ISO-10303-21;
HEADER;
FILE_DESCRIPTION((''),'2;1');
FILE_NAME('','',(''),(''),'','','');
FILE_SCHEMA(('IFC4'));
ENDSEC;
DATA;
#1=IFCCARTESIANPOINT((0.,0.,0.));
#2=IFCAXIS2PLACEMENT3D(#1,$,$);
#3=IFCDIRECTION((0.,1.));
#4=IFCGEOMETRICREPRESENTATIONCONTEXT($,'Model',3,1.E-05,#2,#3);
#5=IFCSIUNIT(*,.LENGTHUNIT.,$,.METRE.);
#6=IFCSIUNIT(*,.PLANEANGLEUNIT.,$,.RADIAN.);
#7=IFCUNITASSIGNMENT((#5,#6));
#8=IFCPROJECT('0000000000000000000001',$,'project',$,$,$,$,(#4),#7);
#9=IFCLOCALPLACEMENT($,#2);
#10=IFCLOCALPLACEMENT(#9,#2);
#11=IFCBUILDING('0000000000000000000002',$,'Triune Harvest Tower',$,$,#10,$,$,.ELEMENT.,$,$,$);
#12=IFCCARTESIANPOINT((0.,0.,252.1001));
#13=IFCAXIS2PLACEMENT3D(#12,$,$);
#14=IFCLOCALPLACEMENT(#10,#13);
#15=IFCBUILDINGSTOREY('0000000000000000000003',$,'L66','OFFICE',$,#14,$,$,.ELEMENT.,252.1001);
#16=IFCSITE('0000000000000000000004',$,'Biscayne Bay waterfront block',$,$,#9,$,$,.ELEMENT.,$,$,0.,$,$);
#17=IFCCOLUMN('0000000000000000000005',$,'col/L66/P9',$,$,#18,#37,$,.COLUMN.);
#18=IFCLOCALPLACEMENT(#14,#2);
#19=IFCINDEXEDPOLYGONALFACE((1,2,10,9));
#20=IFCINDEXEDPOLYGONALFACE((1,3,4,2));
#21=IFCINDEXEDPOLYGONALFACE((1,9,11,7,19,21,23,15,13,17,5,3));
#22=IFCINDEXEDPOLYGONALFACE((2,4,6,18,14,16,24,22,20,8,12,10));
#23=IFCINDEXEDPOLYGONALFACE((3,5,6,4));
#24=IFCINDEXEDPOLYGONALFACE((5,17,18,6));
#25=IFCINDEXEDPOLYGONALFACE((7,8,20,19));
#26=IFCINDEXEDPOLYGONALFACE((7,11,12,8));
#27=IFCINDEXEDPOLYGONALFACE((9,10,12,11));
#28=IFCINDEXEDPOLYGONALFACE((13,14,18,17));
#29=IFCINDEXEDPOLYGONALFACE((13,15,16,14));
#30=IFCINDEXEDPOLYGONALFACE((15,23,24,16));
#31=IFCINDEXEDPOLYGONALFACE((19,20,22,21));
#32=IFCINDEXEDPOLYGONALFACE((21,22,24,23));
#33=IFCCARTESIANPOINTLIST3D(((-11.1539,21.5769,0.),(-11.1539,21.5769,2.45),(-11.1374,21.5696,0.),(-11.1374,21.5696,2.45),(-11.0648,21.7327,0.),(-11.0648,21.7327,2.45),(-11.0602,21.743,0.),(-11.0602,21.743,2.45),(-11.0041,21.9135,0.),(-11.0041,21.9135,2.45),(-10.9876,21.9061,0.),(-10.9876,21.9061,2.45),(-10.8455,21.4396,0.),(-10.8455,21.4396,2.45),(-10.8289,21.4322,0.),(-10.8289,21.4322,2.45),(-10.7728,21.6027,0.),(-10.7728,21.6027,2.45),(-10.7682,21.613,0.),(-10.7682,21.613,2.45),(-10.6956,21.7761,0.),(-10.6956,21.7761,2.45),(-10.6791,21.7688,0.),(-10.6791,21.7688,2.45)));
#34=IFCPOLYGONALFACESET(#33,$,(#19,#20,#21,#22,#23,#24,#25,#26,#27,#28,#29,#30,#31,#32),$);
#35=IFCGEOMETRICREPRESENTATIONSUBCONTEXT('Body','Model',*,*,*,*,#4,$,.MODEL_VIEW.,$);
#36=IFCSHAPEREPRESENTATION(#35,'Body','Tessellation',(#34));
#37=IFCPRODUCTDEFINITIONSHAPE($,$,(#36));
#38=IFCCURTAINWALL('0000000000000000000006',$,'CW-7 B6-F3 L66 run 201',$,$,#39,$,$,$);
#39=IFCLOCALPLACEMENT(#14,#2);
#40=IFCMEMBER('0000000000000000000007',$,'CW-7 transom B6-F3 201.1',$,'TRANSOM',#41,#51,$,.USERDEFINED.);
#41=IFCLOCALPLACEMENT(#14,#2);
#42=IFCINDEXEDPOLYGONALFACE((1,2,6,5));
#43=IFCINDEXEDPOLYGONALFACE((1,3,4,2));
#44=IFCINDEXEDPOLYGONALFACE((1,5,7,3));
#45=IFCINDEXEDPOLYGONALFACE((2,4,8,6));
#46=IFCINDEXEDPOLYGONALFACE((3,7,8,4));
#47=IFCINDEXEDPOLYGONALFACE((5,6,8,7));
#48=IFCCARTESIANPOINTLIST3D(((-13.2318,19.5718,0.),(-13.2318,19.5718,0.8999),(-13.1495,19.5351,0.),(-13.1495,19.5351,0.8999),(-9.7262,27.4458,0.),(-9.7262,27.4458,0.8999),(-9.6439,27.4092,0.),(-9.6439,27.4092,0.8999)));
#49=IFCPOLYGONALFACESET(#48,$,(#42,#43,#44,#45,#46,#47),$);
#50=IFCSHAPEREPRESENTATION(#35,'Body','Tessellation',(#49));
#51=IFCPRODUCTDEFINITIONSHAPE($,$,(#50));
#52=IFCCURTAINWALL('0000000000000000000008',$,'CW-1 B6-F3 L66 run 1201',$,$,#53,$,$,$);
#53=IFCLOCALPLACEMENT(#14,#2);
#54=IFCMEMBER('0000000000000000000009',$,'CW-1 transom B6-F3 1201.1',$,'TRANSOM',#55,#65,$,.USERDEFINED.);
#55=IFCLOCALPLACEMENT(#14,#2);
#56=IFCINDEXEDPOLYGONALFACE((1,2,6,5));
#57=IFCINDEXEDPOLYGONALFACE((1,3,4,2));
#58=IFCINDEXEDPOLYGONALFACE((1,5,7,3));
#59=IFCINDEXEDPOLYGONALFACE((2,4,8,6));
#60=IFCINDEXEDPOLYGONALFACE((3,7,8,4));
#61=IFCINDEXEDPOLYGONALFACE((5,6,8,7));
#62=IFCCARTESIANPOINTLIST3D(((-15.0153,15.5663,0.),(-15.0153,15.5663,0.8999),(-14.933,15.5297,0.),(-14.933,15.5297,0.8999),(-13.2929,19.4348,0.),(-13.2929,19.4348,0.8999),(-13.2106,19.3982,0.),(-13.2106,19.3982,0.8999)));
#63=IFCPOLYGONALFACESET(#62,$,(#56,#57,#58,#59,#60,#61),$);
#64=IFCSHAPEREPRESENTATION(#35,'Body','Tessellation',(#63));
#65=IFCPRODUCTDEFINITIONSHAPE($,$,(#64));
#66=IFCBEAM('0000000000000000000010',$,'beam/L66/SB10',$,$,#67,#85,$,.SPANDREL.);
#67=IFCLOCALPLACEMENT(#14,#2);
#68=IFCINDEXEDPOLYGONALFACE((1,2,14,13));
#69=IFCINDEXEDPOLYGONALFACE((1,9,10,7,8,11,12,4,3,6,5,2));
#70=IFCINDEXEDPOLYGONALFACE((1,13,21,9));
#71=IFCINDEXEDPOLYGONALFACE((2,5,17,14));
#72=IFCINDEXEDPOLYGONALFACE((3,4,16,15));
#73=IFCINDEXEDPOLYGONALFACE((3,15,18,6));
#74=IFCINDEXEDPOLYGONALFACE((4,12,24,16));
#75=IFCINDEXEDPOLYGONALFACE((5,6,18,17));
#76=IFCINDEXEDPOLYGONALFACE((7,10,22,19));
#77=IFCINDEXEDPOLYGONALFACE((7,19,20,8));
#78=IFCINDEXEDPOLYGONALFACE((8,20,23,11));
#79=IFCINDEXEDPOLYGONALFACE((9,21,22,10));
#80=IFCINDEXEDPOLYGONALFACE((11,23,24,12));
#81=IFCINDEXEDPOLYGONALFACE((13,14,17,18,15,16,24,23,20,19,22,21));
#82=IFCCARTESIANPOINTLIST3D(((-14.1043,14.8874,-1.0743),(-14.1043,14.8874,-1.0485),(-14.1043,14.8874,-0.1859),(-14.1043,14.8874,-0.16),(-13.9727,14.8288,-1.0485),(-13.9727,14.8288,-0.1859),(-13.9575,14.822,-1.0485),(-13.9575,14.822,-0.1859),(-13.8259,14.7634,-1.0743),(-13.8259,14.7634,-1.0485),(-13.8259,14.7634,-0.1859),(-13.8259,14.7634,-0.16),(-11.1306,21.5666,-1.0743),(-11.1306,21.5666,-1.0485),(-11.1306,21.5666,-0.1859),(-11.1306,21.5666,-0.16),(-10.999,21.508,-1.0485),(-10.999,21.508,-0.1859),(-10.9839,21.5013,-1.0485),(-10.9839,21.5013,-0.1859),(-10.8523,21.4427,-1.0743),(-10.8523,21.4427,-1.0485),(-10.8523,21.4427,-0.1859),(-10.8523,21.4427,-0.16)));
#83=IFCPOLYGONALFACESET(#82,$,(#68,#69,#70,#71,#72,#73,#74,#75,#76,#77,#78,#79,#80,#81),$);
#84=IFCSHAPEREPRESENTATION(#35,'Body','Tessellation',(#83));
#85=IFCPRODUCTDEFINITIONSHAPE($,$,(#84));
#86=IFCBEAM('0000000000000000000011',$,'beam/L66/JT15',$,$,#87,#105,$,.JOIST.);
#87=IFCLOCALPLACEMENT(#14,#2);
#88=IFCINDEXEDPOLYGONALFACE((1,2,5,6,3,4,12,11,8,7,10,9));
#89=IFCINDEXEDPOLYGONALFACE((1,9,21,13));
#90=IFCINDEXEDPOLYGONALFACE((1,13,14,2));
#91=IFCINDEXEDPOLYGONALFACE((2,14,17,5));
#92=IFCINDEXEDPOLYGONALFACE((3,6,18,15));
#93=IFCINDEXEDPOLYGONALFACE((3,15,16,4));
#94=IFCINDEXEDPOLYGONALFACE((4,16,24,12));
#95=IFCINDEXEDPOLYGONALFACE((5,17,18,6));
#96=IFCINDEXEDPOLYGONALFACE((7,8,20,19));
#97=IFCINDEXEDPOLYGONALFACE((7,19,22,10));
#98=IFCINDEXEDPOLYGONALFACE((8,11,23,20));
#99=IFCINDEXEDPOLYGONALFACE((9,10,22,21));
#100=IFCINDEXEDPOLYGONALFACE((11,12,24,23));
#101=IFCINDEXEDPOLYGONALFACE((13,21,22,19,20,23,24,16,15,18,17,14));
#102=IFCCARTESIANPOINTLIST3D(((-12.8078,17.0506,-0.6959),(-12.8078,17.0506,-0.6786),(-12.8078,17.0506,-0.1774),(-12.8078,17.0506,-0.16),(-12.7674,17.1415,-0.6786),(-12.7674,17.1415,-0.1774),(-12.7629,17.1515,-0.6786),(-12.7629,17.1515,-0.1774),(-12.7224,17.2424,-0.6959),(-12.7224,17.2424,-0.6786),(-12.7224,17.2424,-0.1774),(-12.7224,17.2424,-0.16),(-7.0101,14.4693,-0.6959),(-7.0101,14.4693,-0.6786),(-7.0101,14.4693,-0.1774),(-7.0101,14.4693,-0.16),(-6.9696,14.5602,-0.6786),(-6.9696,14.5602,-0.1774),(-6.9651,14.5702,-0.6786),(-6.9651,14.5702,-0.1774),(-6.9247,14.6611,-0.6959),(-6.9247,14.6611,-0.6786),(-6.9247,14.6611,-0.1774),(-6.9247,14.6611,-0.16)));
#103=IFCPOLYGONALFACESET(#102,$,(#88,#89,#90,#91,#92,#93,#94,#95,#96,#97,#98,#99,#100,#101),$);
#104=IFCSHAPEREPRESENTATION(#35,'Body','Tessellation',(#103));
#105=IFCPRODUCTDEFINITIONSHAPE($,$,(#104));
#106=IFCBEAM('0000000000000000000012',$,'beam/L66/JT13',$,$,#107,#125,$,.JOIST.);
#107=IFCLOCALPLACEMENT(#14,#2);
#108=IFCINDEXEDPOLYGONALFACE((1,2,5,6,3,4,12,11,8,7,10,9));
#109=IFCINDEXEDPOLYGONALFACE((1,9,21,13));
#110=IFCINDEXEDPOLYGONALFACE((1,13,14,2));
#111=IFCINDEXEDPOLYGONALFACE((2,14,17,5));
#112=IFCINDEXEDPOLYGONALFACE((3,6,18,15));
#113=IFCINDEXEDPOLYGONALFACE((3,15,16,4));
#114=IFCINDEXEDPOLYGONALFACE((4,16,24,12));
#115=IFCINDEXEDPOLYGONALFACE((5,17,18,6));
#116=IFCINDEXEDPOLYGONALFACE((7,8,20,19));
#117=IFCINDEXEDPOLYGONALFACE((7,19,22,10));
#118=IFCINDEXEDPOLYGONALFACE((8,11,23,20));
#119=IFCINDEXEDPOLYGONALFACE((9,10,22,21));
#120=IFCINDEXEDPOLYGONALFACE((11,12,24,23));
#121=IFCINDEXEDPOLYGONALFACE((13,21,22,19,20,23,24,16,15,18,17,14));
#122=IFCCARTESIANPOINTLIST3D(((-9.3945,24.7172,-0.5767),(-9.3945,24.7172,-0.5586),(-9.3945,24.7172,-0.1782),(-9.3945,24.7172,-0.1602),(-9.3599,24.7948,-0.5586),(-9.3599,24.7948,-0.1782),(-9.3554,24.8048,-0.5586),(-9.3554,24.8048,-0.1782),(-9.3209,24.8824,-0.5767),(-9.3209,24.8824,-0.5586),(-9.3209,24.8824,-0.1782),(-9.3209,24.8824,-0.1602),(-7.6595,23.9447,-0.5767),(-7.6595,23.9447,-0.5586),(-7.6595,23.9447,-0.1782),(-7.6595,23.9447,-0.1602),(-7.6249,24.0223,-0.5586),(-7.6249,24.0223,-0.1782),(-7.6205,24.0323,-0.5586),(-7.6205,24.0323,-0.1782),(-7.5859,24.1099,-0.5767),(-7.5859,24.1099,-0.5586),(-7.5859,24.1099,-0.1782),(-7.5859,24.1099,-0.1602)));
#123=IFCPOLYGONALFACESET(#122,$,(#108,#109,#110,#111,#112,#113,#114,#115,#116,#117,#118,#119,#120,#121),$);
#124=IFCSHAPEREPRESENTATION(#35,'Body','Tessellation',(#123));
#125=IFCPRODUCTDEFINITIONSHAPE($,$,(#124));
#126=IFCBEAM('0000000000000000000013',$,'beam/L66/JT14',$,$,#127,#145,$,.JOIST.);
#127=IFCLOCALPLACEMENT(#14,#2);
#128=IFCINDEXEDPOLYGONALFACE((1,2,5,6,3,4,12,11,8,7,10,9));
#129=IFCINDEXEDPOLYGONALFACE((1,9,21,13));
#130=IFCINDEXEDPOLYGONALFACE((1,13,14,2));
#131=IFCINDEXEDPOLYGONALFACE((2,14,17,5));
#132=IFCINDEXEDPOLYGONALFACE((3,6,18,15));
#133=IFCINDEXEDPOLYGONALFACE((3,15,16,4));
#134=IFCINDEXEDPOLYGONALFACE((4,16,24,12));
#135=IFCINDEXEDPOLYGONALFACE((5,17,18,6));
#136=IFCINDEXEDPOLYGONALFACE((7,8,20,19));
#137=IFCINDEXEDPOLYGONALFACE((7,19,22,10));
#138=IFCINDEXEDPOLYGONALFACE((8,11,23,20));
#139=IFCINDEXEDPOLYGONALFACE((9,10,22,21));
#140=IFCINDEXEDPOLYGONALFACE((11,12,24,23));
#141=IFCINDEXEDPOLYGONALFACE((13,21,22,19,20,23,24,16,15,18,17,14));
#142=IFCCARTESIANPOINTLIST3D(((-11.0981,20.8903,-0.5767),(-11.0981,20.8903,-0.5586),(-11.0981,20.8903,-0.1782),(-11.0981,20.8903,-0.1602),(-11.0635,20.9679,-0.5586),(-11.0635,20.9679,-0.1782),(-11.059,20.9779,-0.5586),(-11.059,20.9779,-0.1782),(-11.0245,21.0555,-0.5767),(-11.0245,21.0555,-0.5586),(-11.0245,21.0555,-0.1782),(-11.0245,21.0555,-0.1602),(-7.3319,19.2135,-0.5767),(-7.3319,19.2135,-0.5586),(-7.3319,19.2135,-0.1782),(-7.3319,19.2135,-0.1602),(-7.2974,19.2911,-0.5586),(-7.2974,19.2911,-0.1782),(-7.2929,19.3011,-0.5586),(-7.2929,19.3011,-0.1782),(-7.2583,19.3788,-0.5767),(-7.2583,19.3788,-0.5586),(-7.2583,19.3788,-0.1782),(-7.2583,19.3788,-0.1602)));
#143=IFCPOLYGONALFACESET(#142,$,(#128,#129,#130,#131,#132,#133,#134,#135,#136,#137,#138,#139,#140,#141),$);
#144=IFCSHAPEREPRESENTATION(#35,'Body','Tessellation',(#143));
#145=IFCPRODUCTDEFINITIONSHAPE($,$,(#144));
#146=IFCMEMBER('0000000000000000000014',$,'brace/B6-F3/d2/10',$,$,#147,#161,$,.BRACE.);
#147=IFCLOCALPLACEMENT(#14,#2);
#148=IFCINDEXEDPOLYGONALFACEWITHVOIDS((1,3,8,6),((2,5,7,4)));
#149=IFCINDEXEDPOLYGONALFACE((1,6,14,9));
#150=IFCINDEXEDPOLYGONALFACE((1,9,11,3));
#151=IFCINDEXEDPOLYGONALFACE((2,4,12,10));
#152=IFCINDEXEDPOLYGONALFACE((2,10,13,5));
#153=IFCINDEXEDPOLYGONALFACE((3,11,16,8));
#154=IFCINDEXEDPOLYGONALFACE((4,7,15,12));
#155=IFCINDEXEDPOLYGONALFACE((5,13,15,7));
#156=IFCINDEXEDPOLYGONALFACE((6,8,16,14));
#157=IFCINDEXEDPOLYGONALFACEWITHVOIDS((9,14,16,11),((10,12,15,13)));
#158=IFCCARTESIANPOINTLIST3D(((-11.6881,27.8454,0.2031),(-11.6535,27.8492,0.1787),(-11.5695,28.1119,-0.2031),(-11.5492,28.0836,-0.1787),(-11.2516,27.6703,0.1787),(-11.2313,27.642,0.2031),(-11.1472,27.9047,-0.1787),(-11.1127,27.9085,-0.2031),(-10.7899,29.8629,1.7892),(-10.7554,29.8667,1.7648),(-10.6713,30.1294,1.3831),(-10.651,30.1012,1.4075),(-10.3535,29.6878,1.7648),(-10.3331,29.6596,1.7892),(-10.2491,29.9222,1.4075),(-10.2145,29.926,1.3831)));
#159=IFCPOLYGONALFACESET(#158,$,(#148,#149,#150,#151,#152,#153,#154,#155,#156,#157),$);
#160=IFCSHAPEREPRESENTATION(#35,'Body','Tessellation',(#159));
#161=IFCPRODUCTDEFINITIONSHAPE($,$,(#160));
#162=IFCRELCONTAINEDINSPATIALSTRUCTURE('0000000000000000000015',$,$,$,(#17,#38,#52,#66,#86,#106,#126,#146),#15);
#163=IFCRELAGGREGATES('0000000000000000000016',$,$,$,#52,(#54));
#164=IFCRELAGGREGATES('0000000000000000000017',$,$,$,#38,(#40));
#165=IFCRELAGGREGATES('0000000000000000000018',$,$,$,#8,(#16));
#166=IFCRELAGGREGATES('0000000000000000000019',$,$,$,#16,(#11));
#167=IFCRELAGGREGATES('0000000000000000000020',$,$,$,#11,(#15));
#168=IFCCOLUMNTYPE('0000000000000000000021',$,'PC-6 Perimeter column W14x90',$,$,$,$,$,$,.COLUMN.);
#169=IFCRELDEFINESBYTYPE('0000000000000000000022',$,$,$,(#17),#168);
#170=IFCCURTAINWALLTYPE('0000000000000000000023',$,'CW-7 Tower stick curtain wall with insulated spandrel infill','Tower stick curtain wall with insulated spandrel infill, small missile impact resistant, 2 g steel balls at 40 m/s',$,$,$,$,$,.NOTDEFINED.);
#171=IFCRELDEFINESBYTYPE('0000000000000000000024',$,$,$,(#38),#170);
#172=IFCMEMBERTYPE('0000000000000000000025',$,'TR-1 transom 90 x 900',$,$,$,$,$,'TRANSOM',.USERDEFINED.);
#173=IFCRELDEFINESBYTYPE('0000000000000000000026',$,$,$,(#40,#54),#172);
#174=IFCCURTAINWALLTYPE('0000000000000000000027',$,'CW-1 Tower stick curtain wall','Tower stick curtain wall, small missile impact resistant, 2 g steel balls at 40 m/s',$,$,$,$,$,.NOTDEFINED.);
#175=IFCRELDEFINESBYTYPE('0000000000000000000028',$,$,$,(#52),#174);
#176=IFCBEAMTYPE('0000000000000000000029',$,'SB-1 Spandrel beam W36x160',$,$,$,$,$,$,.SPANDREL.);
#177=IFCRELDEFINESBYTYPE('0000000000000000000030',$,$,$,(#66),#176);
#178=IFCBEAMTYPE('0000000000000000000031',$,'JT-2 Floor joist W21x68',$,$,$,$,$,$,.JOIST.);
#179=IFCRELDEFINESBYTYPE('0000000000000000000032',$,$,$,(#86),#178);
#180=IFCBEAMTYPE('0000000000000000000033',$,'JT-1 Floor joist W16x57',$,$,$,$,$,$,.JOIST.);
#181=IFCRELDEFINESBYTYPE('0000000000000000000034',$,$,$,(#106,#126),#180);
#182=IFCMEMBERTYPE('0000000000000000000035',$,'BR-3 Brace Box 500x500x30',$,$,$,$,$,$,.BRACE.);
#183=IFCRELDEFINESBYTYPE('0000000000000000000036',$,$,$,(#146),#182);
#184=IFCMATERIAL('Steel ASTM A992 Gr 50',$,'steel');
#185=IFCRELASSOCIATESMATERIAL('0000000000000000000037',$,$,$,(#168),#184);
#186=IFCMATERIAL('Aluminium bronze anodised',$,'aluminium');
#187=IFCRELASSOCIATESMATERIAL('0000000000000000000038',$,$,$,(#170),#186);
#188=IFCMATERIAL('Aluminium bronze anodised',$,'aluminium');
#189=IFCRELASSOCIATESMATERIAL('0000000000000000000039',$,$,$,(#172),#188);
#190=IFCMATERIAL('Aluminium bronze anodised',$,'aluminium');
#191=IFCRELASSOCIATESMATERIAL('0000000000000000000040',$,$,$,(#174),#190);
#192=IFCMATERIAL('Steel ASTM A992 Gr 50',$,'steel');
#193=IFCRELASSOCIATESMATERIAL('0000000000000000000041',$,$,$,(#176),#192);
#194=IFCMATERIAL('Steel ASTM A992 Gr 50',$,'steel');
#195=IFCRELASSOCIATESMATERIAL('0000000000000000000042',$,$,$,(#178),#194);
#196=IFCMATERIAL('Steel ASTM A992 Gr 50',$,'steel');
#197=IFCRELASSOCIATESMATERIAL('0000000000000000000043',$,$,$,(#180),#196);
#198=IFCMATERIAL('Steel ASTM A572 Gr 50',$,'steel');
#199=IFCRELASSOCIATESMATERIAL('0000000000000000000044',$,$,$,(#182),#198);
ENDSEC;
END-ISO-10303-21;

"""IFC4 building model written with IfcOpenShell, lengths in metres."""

from ifc_helpers import new_model, si_unit, direction, frame, origin, origin_2d, place, context, subcontext, project, spatial, rectangle, hollow_rectangle, i_section, extrude, source, transform, mapped, material, material_profile, profile_set, type_object, element, aggregate, save


model = new_model("IFC4")

# Units and contexts
model_context = context("Model", 3, precision=1e-05, world=origin(), true_north=direction((0.0, 1.0)))
body_context = subcontext(model_context, "Body", "Model", "MODEL_VIEW")
ifc_project = project(units=[si_unit("LENGTHUNIT", "METRE"), si_unit("PLANEANGLEUNIT", "RADIAN")], contexts=[model_context])

# Site, building, storey
site_placement = place(None, origin())
site = spatial("IfcSite", under=ifc_project, at=site_placement, Name="Biscayne Bay waterfront block", CompositionType="ELEMENT", RefElevation=0.0)
building_placement = place(site_placement, origin())
building = spatial("IfcBuilding", under=site, at=building_placement, Name="Triune Harvest Tower", CompositionType="ELEMENT")
storey_placement = place(building_placement, frame((0.0, 0.0, 252.1001)))
storey = spatial("IfcBuildingStorey", under=building, at=storey_placement, Name="L66", Description="OFFICE", CompositionType="ELEMENT", Elevation=252.1001)

# Column
ifc_material_1 = material(Name="Steel ASTM A992 Gr 50", Category="steel")
ifc_material_profile_1 = material_profile(ifc_material_1, i_section(OverallWidth=0.3684, OverallDepth=0.3557, WebThickness=0.0112, FlangeThickness=0.0181, at=origin_2d()), Name="W14x90")
ifc_profile_set_1 = profile_set([ifc_material_profile_1], Name="Steel ASTM A992 Gr 50")
column_type = type_object("IfcColumnType", Name="PC-6 Perimeter column W14x90", PredefinedType="COLUMN", material=ifc_profile_set_1)
shared_shape_1 = source(origin(), body_context, "Body", "SweptSolid", [
    extrude(i_section(OverallWidth=0.3684, OverallDepth=0.3557, WebThickness=0.0112, FlangeThickness=0.0181, at=origin_2d()), origin(), (0.0, 0.0, 1.0), 2.45),
])
column_placement = place(storey_placement, frame((-10.9165, 21.6729, 0.0), z_axis=(0.0, 0.0, 1.0), x_axis=(-0.406738, -0.913545, 0.0)))
element("IfcColumn", 1, at=column_placement, inside=storey, type_object=column_type, Name="col/L66/P9", PredefinedType="COLUMN", context=body_context, shape_type="MappedRepresentation", body=[
    mapped(shared_shape_1, transform((0.0, 0.0, 0.0), scale=1.0)),
])

# Curtain walls, members
ifc_material_2 = material(Name="Aluminium bronze anodised", Category="aluminium")
curtain_wall_type_1 = type_object("IfcCurtainWallType", Name="CW-7 Tower stick curtain wall with insulated spandrel infill", Description="Tower stick curtain wall with insulated spandrel infill, small missile impact resistant, 2 g steel balls at 40 m/s", PredefinedType="NOTDEFINED", material=ifc_material_2)
curtain_wall_1_placement = place(storey_placement, origin())
curtain_wall_1 = element("IfcCurtainWall", 2, at=curtain_wall_1_placement, inside=storey, type_object=curtain_wall_type_1, Name="CW-7 B6-F3 L66 run 201")
ifc_material_3 = material(Name="Aluminium bronze anodised", Category="aluminium")
ifc_material_profile_2 = material_profile(ifc_material_3, rectangle(XDim=0.0901, YDim=0.8999, at=origin_2d()), Name="TR-1 transom 90 x 900")
ifc_profile_set_2 = profile_set([ifc_material_profile_2], Name="Aluminium bronze anodised")
member_type_1 = type_object("IfcMemberType", Name="TR-1 transom 90 x 900", ElementType="TRANSOM", PredefinedType="USERDEFINED", material=ifc_profile_set_2)
member_1_placement = place(storey_placement, frame((-9.6851, 27.4275, 0.45), z_axis=(-0.406724, -0.913551, 0.0), x_axis=(0.913551, -0.406724, 0.0)))
member_1 = element("IfcMember", 3, at=member_1_placement, type_object=member_type_1, Name="CW-7 transom B6-F3 201.1", ObjectType="TRANSOM", PredefinedType="USERDEFINED", context=body_context, shape_type="SweptSolid", body=[
    extrude(rectangle(XDim=0.0901, YDim=0.8999, at=origin_2d()), origin(), (0.0, 0.0, 1.0), 8.6191),
])
ifc_material_4 = material(Name="Aluminium bronze anodised", Category="aluminium")
curtain_wall_type_2 = type_object("IfcCurtainWallType", Name="CW-1 Tower stick curtain wall", Description="Tower stick curtain wall, small missile impact resistant, 2 g steel balls at 40 m/s", PredefinedType="NOTDEFINED", material=ifc_material_4)
curtain_wall_2_placement = place(storey_placement, origin())
curtain_wall_2 = element("IfcCurtainWall", 4, at=curtain_wall_2_placement, inside=storey, type_object=curtain_wall_type_2, Name="CW-1 B6-F3 L66 run 1201")
member_2_placement = place(storey_placement, frame((-13.2517, 19.4165, 0.45), z_axis=(-0.406754, -0.913538, 0.0), x_axis=(0.913538, -0.406754, 0.0)))
member_2 = element("IfcMember", 5, at=member_2_placement, type_object=member_type_1, Name="CW-1 transom B6-F3 1201.1", ObjectType="TRANSOM", PredefinedType="USERDEFINED", context=body_context, shape_type="SweptSolid", body=[
    extrude(rectangle(XDim=0.0901, YDim=0.8999, at=origin_2d()), origin(), (0.0, 0.0, 1.0), 4.2346),
])

# Beams
ifc_material_5 = material(Name="Steel ASTM A992 Gr 50", Category="steel")
ifc_material_profile_3 = material_profile(ifc_material_5, i_section(OverallWidth=0.3047, OverallDepth=0.9143, WebThickness=0.0166, FlangeThickness=0.0259, at=origin_2d()), Name="W36x160")
ifc_profile_set_3 = profile_set([ifc_material_profile_3], Name="Steel ASTM A992 Gr 50")
beam_type_1 = type_object("IfcBeamType", Name="SB-1 Spandrel beam W36x160", PredefinedType="SPANDREL", material=ifc_profile_set_3)
shared_shape_2 = source(origin(), body_context, "Body", "SweptSolid", [
    extrude(i_section(OverallWidth=0.3047, OverallDepth=0.9143, WebThickness=0.0166, FlangeThickness=0.0259, at=origin_2d()), origin(), (0.0, 0.0, 1.0), 7.3113),
])
beam_1_placement = place(storey_placement, frame((-10.9915, 21.5046, -0.6172), z_axis=(-0.406721, -0.913552, 0.0), x_axis=(0.913552, -0.406721, 0.0)))
element("IfcBeam", 6, at=beam_1_placement, inside=storey, type_object=beam_type_1, Name="beam/L66/SB10", PredefinedType="SPANDREL", context=body_context, shape_type="MappedRepresentation", body=[
    mapped(shared_shape_2, transform((0.0, 0.0, 0.0), scale=1.0)),
])
ifc_material_6 = material(Name="Steel ASTM A992 Gr 50", Category="steel")
ifc_material_profile_4 = material_profile(ifc_material_6, i_section(OverallWidth=0.21, OverallDepth=0.5359, WebThickness=0.011, FlangeThickness=0.0173, at=origin_2d()), Name="W21x68")
ifc_profile_set_4 = profile_set([ifc_material_profile_4], Name="Steel ASTM A992 Gr 50")
beam_type_2 = type_object("IfcBeamType", Name="JT-2 Floor joist W21x68", PredefinedType="JOIST", material=ifc_profile_set_4)
shared_shape_3 = source(origin(), body_context, "Body", "SweptSolid", [
    extrude(i_section(OverallWidth=0.21, OverallDepth=0.5359, WebThickness=0.011, FlangeThickness=0.0173, at=origin_2d()), origin(), (0.0, 0.0, 1.0), 6.3464),
])
beam_2_placement = place(storey_placement, frame((-12.7651, 17.1465, -0.428), z_axis=(0.91355, -0.406727, 0.0), x_axis=(0.406727, 0.91355, 0.0)))
element("IfcBeam", 7, at=beam_2_placement, inside=storey, type_object=beam_type_2, Name="beam/L66/JT15", PredefinedType="JOIST", context=body_context, shape_type="MappedRepresentation", body=[
    mapped(shared_shape_3, transform((0.0, 0.0, 0.0), scale=1.0)),
])
ifc_material_7 = material(Name="Steel ASTM A992 Gr 50", Category="steel")
ifc_material_profile_5 = material_profile(ifc_material_7, i_section(OverallWidth=0.1809, OverallDepth=0.4165, WebThickness=0.011, FlangeThickness=0.0181, at=origin_2d()), Name="W16x57")
ifc_profile_set_5 = profile_set([ifc_material_profile_5], Name="Steel ASTM A992 Gr 50")
beam_type_3 = type_object("IfcBeamType", Name="JT-1 Floor joist W16x57", PredefinedType="JOIST", material=ifc_profile_set_5)
shared_shape_4 = source(origin(), body_context, "Body", "SweptSolid", [
    extrude(i_section(OverallWidth=0.1809, OverallDepth=0.4165, WebThickness=0.011, FlangeThickness=0.0181, at=origin_2d()), origin(), (0.0, 0.0, 1.0), 1.8992),
])
beam_3_placement = place(storey_placement, frame((-9.3577, 24.7998, -0.3684), z_axis=(0.913536, -0.406759, 0.0), x_axis=(0.406759, 0.913536, 0.0)))
element("IfcBeam", 8, at=beam_3_placement, inside=storey, type_object=beam_type_3, Name="beam/L66/JT13", PredefinedType="JOIST", context=body_context, shape_type="MappedRepresentation", body=[
    mapped(shared_shape_4, transform((0.0, 0.0, 0.0), scale=1.0)),
])
shared_shape_5 = source(origin(), body_context, "Body", "SweptSolid", [
    extrude(i_section(OverallWidth=0.1809, OverallDepth=0.4165, WebThickness=0.011, FlangeThickness=0.0181, at=origin_2d()), origin(), (0.0, 0.0, 1.0), 4.1226),
])
beam_4_placement = place(storey_placement, frame((-11.0613, 20.9729, -0.3684), z_axis=(0.913548, -0.406732, 0.0), x_axis=(0.406732, 0.913548, 0.0)))
element("IfcBeam", 9, at=beam_4_placement, inside=storey, type_object=beam_type_3, Name="beam/L66/JT14", PredefinedType="JOIST", context=body_context, shape_type="MappedRepresentation", body=[
    mapped(shared_shape_5, transform((0.0, 0.0, 0.0), scale=1.0)),
])

# Member
ifc_material_8 = material(Name="Steel ASTM A572 Gr 50", Category="steel")
ifc_material_profile_6 = material_profile(ifc_material_8, hollow_rectangle(XDim=0.5, YDim=0.5, WallThickness=0.03, at=origin_2d()), Name="Box 500x500x30")
ifc_profile_set_6 = profile_set([ifc_material_profile_6], Name="Steel ASTM A572 Gr 50")
member_type_2 = type_object("IfcMemberType", Name="BR-3 Brace Box 500x500x30", PredefinedType="BRACE", material=ifc_profile_set_6)
shared_shape_6 = source(origin(), body_context, "Body", "SweptSolid", [
    extrude(hollow_rectangle(XDim=0.5, YDim=0.5, WallThickness=0.03, at=origin_2d()), origin(), (0.0, 0.0, 1.0), 2.719),
])
member_3_placement = place(storey_placement, frame((-11.4004, 27.877, 0.0), z_axis=(0.330331, 0.74201, 0.583354), x_axis=(-0.913561, 0.406703, 0.0)))
element("IfcMember", 10, at=member_3_placement, inside=storey, type_object=member_type_2, Name="brace/B6-F3/d2/10", PredefinedType="BRACE", context=body_context, shape_type="MappedRepresentation", body=[
    mapped(shared_shape_6, transform((0.0, 0.0, 0.0), scale=1.0)),
])

aggregate(curtain_wall_2, [member_2])
aggregate(curtain_wall_1, [member_1])

save(model, "model.ifc")
